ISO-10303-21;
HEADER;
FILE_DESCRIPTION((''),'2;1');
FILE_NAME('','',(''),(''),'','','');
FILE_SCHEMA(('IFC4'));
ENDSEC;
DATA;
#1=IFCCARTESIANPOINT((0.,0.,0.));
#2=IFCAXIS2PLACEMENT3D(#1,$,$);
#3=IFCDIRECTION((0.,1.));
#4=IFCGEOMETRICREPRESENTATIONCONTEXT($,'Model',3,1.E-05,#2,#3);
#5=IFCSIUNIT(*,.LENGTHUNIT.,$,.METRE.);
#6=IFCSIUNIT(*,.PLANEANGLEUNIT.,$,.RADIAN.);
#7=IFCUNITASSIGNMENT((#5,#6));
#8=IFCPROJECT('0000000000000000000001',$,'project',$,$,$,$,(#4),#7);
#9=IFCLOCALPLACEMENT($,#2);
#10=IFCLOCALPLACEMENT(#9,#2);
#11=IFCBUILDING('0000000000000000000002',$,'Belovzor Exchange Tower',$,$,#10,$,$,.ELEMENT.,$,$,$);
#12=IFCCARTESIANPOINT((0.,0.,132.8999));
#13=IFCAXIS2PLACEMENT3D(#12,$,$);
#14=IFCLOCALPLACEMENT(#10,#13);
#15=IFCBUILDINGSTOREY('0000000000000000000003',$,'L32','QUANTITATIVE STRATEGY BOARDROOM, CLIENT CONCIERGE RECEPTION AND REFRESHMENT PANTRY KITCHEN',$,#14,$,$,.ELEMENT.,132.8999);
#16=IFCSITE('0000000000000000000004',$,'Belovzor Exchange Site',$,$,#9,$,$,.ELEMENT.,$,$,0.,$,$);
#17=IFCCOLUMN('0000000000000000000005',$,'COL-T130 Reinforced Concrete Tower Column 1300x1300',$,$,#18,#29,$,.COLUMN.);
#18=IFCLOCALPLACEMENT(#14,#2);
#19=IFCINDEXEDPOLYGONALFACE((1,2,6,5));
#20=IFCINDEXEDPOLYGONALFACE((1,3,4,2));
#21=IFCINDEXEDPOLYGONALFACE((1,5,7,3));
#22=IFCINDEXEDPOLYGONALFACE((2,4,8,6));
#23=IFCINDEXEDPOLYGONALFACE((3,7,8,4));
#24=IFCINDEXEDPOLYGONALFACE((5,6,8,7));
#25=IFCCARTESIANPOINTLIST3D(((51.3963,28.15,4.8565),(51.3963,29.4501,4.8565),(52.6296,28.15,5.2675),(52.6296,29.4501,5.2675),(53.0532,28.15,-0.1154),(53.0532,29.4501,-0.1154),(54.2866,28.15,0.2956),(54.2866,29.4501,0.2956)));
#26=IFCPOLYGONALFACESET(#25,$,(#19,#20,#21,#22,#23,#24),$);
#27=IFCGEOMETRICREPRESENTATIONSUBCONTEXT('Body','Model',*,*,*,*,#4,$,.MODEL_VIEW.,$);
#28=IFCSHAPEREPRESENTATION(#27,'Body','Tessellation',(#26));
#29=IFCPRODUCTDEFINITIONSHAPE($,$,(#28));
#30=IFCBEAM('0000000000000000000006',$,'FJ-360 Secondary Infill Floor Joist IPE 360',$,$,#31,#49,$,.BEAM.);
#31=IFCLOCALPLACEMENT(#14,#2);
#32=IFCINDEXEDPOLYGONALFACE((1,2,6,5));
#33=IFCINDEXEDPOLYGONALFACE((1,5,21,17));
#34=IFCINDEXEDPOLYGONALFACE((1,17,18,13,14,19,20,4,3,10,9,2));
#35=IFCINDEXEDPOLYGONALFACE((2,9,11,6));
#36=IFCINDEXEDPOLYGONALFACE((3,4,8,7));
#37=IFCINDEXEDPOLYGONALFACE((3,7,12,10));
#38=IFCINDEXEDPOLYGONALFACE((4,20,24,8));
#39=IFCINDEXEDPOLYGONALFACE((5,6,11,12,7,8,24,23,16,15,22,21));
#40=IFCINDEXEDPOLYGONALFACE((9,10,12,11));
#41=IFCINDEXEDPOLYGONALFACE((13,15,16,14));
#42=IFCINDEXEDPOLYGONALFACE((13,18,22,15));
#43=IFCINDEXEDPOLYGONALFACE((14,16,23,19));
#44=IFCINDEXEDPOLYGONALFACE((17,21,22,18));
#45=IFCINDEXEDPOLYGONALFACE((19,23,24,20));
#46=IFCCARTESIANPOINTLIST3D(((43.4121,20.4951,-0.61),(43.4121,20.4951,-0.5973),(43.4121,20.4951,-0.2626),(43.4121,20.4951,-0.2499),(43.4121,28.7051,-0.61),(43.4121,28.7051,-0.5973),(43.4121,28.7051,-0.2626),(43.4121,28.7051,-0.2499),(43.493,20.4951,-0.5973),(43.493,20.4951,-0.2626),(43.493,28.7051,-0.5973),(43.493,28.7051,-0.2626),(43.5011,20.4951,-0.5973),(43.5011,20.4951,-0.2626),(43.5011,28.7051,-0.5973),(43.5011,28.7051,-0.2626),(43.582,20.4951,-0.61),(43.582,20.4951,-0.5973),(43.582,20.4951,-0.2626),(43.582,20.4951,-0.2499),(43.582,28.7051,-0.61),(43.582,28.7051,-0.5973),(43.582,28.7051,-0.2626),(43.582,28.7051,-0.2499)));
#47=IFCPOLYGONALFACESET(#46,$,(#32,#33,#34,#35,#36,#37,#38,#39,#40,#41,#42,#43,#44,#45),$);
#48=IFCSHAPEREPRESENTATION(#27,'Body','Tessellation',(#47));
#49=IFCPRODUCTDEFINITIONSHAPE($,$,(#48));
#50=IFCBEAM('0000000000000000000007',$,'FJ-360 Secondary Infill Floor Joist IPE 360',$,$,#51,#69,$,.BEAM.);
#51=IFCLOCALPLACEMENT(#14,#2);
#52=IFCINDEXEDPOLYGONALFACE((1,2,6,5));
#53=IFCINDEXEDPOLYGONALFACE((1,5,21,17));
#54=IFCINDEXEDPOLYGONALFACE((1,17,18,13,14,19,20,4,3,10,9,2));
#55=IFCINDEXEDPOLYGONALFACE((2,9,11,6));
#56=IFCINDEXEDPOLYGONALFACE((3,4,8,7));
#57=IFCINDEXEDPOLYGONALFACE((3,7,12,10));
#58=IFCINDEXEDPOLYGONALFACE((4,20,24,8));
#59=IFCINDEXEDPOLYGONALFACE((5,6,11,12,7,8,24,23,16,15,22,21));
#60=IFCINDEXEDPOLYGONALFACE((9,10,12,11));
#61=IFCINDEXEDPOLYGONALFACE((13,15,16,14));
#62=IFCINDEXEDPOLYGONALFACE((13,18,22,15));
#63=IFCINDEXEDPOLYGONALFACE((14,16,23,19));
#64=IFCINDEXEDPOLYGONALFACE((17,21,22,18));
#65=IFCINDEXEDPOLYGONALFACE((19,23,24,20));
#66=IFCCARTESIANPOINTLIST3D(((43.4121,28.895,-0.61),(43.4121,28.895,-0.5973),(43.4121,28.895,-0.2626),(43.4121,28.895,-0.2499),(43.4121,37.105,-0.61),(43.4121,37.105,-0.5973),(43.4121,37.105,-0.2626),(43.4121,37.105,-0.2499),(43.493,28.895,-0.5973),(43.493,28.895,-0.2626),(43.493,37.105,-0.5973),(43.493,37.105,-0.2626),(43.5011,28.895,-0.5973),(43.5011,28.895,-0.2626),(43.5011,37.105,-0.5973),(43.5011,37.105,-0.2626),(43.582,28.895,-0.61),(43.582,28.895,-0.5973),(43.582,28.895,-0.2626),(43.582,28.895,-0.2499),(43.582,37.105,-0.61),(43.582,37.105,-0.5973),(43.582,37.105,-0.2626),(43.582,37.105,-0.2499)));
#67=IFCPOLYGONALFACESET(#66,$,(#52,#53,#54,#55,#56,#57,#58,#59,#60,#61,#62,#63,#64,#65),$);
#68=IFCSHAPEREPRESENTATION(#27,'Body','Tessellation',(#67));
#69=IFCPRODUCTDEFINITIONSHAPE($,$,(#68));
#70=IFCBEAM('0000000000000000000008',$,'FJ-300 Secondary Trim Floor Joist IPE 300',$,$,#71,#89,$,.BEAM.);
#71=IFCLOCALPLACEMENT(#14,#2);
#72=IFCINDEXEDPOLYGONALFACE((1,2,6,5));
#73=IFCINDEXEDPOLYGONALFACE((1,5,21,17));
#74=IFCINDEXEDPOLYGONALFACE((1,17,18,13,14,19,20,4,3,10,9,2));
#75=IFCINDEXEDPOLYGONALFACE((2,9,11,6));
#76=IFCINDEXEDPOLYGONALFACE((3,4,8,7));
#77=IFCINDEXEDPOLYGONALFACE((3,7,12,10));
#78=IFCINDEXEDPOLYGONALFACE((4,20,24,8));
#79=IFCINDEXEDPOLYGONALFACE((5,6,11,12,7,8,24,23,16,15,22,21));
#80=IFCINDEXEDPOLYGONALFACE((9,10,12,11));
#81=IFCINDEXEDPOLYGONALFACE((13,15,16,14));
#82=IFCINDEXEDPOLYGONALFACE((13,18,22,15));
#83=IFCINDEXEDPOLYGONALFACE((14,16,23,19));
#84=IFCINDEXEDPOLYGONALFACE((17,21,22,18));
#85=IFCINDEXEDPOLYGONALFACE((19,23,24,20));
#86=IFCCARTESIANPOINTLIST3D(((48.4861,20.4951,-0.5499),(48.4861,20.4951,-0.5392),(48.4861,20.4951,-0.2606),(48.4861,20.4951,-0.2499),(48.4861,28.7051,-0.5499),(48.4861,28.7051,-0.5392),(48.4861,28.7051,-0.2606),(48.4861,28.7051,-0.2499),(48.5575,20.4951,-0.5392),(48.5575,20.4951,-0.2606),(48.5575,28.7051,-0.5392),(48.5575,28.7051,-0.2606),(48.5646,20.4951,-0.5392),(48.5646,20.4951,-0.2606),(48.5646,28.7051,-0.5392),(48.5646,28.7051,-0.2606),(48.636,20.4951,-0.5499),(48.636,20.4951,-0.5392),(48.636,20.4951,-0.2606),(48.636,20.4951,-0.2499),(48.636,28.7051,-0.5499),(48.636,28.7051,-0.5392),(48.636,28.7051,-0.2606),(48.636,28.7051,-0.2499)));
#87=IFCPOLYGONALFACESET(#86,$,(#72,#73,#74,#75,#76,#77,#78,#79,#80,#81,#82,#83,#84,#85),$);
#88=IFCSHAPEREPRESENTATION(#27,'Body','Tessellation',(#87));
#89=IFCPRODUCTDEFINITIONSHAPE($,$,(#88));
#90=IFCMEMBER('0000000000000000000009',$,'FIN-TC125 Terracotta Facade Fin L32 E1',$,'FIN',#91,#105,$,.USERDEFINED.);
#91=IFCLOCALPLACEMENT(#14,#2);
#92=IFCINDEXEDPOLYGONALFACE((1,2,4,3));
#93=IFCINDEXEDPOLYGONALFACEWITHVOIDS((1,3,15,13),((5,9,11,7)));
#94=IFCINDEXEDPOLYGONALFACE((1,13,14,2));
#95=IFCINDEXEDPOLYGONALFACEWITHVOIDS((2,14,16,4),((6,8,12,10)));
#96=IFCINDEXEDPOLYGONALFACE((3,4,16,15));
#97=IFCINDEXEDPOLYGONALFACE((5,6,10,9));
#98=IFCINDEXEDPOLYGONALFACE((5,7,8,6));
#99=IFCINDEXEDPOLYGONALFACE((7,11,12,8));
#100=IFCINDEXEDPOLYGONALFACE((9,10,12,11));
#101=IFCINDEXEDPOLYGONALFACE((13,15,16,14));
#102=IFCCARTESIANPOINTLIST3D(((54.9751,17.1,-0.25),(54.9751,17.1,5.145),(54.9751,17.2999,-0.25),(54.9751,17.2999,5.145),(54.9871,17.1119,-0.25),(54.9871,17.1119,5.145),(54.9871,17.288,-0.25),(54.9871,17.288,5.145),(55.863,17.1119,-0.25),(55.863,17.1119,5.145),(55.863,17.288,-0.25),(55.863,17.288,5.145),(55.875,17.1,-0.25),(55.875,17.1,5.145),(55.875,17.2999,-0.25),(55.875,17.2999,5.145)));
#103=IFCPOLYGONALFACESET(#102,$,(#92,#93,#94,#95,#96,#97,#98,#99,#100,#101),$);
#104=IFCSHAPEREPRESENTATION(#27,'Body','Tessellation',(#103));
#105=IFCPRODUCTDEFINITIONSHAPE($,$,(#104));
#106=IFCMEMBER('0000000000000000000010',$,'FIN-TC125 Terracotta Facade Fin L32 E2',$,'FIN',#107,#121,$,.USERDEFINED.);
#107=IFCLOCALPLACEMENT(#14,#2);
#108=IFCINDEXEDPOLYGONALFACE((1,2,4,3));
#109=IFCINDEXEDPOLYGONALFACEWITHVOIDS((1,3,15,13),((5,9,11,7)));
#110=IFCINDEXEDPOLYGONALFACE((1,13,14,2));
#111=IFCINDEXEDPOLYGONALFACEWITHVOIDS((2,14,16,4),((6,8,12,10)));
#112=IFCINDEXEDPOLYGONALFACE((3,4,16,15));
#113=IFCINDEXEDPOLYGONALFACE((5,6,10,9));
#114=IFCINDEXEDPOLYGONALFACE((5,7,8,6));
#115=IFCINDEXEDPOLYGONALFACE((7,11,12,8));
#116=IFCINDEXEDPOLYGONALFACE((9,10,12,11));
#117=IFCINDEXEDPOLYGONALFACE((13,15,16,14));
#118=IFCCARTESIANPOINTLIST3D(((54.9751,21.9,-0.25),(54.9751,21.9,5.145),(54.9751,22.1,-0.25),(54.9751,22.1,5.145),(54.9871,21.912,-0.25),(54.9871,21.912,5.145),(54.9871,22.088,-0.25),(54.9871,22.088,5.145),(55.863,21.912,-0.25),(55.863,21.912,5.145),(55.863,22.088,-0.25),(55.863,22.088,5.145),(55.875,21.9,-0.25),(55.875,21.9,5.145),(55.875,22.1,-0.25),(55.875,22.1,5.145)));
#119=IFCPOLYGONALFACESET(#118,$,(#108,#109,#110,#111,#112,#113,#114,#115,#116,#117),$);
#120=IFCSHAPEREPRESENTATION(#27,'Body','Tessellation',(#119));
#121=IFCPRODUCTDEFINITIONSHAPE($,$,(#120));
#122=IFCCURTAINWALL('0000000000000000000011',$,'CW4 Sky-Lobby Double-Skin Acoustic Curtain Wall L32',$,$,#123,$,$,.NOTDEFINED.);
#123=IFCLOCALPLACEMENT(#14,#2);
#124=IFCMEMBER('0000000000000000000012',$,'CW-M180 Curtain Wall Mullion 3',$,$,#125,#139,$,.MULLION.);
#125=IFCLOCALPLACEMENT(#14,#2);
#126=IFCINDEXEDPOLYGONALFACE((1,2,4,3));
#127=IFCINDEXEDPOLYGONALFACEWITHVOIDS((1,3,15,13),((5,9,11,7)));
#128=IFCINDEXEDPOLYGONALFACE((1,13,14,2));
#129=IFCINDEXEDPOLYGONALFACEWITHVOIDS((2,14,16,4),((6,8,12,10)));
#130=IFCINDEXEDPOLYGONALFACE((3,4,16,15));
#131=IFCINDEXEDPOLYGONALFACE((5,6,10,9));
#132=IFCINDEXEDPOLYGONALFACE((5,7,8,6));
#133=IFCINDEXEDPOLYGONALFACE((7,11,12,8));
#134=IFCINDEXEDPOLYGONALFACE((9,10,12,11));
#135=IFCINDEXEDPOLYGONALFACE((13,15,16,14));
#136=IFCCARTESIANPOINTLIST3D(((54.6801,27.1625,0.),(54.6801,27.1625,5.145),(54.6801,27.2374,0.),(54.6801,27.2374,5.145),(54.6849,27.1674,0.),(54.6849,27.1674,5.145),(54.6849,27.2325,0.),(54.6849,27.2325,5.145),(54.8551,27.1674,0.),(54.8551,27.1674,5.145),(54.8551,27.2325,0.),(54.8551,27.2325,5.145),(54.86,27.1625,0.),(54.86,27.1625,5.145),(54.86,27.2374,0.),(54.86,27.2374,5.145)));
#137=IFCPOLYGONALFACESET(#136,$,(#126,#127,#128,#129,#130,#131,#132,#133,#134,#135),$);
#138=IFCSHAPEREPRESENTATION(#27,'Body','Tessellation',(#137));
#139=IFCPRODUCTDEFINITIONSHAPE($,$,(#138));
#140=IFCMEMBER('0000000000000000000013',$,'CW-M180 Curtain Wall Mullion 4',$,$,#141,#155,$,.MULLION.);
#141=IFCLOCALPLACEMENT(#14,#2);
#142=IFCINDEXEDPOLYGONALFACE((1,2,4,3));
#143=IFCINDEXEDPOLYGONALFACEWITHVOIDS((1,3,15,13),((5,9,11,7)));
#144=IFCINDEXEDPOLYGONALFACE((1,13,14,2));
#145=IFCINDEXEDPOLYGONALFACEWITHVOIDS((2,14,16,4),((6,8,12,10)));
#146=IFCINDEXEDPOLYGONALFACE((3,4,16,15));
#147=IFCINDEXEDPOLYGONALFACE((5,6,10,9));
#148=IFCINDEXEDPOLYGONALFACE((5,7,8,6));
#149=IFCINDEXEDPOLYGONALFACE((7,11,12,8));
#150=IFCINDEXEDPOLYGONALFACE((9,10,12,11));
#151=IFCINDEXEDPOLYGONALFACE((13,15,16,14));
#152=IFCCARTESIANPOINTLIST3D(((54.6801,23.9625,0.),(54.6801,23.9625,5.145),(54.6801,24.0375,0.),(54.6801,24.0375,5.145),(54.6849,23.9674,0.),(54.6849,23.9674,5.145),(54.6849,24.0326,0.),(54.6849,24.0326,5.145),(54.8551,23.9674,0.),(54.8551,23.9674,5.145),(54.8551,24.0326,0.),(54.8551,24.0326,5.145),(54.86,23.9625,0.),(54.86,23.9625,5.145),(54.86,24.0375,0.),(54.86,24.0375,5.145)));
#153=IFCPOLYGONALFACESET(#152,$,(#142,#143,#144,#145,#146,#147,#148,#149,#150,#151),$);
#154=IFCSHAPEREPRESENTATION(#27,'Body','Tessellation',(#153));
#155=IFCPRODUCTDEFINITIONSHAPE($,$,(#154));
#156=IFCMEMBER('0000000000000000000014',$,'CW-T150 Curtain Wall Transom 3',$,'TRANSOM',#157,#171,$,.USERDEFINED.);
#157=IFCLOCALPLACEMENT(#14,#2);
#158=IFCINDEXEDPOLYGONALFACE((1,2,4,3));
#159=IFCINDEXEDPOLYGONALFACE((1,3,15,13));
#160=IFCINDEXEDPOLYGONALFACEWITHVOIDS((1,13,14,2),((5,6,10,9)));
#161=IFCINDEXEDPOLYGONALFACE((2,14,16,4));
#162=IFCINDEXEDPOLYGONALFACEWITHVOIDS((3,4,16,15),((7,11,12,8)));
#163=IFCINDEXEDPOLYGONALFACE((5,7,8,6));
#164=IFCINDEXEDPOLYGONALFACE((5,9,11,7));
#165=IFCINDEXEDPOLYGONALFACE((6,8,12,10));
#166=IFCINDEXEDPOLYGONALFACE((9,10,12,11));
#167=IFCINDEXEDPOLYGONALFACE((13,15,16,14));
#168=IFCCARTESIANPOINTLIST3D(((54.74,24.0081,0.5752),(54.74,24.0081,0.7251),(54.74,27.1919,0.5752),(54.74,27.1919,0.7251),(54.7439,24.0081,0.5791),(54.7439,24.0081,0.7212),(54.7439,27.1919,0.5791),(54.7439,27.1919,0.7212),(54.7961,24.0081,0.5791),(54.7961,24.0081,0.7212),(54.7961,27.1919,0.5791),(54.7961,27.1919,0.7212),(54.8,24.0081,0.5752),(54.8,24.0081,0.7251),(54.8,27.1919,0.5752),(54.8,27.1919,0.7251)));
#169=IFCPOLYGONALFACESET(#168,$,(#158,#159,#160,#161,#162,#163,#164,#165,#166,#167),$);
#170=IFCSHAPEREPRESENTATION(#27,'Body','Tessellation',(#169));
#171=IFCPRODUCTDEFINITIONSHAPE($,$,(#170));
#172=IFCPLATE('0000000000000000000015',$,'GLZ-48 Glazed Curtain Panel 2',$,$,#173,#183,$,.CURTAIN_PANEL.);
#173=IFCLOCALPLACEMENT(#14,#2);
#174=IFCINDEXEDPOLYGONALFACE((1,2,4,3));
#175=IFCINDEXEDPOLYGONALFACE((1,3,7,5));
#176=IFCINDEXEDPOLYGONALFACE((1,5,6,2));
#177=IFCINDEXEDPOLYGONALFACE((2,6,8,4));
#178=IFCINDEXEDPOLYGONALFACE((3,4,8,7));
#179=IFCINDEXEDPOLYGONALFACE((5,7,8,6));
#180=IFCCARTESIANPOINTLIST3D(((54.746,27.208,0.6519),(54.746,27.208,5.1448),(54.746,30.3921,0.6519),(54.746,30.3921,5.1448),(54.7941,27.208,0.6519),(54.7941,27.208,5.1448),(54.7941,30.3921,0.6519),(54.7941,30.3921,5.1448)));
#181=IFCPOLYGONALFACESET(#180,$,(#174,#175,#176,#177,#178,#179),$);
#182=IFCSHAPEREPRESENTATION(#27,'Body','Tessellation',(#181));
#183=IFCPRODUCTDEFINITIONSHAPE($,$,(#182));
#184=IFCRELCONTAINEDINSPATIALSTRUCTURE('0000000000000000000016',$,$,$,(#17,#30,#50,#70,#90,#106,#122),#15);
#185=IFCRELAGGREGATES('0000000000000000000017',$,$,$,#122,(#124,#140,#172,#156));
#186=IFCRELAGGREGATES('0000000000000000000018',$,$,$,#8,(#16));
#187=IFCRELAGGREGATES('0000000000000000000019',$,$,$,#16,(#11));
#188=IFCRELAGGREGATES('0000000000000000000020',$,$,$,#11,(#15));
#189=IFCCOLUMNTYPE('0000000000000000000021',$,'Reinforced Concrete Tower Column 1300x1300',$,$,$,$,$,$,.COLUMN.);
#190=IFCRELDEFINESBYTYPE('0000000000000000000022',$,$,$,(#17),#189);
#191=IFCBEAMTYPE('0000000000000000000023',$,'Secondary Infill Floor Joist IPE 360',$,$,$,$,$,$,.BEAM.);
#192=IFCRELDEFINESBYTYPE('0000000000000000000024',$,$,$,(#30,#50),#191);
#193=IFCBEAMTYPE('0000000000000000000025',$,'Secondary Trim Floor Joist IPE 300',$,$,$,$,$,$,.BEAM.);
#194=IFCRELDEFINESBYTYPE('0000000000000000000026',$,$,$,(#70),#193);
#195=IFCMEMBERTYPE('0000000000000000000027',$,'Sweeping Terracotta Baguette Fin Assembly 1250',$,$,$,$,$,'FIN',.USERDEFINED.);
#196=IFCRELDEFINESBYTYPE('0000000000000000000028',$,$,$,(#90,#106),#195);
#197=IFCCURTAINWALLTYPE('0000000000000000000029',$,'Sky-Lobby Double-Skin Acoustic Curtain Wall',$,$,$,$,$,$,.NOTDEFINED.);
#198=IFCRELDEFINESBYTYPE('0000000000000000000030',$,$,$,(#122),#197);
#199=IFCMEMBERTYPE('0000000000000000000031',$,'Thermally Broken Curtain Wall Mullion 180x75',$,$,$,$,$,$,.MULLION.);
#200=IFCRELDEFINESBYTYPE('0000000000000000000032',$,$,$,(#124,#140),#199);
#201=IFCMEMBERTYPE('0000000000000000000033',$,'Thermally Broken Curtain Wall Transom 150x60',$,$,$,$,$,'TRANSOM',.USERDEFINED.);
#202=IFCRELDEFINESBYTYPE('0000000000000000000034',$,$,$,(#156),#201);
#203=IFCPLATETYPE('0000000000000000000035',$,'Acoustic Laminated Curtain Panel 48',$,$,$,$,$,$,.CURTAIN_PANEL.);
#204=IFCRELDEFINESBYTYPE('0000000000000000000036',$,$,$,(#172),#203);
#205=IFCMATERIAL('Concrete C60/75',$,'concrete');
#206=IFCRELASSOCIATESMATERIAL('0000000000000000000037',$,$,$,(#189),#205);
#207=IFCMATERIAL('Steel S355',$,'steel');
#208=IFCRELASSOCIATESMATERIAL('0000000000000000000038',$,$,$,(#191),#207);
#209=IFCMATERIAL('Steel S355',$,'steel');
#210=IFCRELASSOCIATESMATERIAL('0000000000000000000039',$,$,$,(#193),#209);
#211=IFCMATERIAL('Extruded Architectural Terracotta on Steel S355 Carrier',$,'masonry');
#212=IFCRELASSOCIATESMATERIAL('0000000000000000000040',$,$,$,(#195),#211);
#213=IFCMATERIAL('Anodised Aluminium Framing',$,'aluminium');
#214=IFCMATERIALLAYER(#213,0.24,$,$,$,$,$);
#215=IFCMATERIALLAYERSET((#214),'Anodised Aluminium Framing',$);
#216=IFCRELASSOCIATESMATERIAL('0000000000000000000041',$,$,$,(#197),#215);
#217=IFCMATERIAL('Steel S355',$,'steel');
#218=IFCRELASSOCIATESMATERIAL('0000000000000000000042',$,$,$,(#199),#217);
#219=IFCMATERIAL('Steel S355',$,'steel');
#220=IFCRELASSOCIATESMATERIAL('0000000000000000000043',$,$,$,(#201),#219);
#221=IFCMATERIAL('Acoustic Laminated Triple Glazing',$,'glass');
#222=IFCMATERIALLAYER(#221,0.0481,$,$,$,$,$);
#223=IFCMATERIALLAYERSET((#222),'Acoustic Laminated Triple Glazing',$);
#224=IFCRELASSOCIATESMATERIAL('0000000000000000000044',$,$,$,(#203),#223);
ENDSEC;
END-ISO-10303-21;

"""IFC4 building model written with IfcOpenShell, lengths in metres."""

from ifc_helpers import new_model, si_unit, direction, frame, origin, origin_2d, place, context, subcontext, project, spatial, rectangle, hollow_rectangle, i_section, extrude, material, layer, layer_set, material_profile, profile_set, type_object, element, aggregate, save


model = new_model("IFC4")

# Units and contexts
model_context = context("Model", 3, precision=1e-05, world=origin(), true_north=direction((0.0, 1.0)))
body_context = subcontext(model_context, "Body", "Model", "MODEL_VIEW")
ifc_project = project(units=[si_unit("LENGTHUNIT", "METRE"), si_unit("PLANEANGLEUNIT", "RADIAN")], contexts=[model_context])

# Site, building, storey
site_placement = place(None, origin())
site = spatial("IfcSite", under=ifc_project, at=site_placement, Name="Belovzor Exchange Site", CompositionType="ELEMENT", RefElevation=0.0)
building_placement = place(site_placement, origin())
building = spatial("IfcBuilding", under=site, at=building_placement, Name="Belovzor Exchange Tower", CompositionType="ELEMENT")
storey_placement = place(building_placement, frame((0.0, 0.0, 132.8999)))
storey = spatial("IfcBuildingStorey", under=building, at=storey_placement, Name="L32", Description="QUANTITATIVE STRATEGY BOARDROOM, CLIENT CONCIERGE RECEPTION AND REFRESHMENT PANTRY KITCHEN", CompositionType="ELEMENT", Elevation=132.8999)

# Column
ifc_material_1 = material(Name="Concrete C60/75", Category="concrete")
ifc_material_profile_1 = material_profile(ifc_material_1, rectangle(XDim=1.3, YDim=1.3, at=origin_2d()))
ifc_profile_set_1 = profile_set([ifc_material_profile_1], Name="Concrete C60/75")
column_type = type_object("IfcColumnType", Name="Reinforced Concrete Tower Column 1300x1300", PredefinedType="COLUMN", material=ifc_profile_set_1)
column_placement = place(storey_placement, frame((53.6699, 28.8, 0.0901), z_axis=(-0.316172, 0.0, 0.948702), x_axis=(0.0, -1.0, 0.0)))
element("IfcColumn", 1, at=column_placement, inside=storey, type_object=column_type, Name="COL-T130 Reinforced Concrete Tower Column 1300x1300", PredefinedType="COLUMN", context=body_context, shape_type="SweptSolid", body=[
    extrude(rectangle(XDim=1.3, YDim=1.3, at=origin_2d()), origin(), (0.0, 0.0, 1.0), 5.2407),
])

# Beams
ifc_material_2 = material(Name="Steel S355", Category="steel")
ifc_material_profile_2 = material_profile(ifc_material_2, i_section(OverallWidth=0.1699, OverallDepth=0.3601, WebThickness=0.0081, FlangeThickness=0.0127, at=origin_2d()))
ifc_profile_set_2 = profile_set([ifc_material_profile_2], Name="Steel S355")
beam_type_1 = type_object("IfcBeamType", Name="Secondary Infill Floor Joist IPE 360", PredefinedType="BEAM", material=ifc_profile_set_2)
for number, where, z_axis, x_axis, name in (
    (2, (43.4971, 20.4951, -0.4299), (0.0, 1.0, 0.0), (-1.0, 0.0, 0.0), "FJ-360 Secondary Infill Floor Joist IPE 360"),
    (3, (43.4971, 28.895, -0.4299), (0.0, 1.0, 0.0), (-1.0, 0.0, 0.0), "FJ-360 Secondary Infill Floor Joist IPE 360"),
):
    element("IfcBeam", number, at=place(storey_placement, frame(where, z_axis=z_axis, x_axis=x_axis)), inside=storey, type_object=beam_type_1, Name=name, PredefinedType="BEAM", context=body_context, shape_type="SweptSolid", body=[
        extrude(i_section(OverallWidth=0.1699, OverallDepth=0.3601, WebThickness=0.0081, FlangeThickness=0.0127, at=origin_2d()), origin(), (0.0, 0.0, 1.0), 8.21),
    ])
ifc_material_3 = material(Name="Steel S355", Category="steel")
ifc_material_profile_3 = material_profile(ifc_material_3, i_section(OverallWidth=0.1499, OverallDepth=0.3, WebThickness=0.0071, FlangeThickness=0.0107, at=origin_2d()))
ifc_profile_set_3 = profile_set([ifc_material_profile_3], Name="Steel S355")
beam_type_2 = type_object("IfcBeamType", Name="Secondary Trim Floor Joist IPE 300", PredefinedType="BEAM", material=ifc_profile_set_3)
beam_placement = place(storey_placement, frame((48.561, 20.4951, -0.3999), z_axis=(0.0, 1.0, 0.0), x_axis=(-1.0, 0.0, 0.0)))
element("IfcBeam", 4, at=beam_placement, inside=storey, type_object=beam_type_2, Name="FJ-300 Secondary Trim Floor Joist IPE 300", PredefinedType="BEAM", context=body_context, shape_type="SweptSolid", body=[
    extrude(i_section(OverallWidth=0.1499, OverallDepth=0.3, WebThickness=0.0071, FlangeThickness=0.0107, at=origin_2d()), origin(), (0.0, 0.0, 1.0), 8.21),
])

# Members
ifc_material_4 = material(Name="Extruded Architectural Terracotta on Steel S355 Carrier", Category="masonry")
ifc_material_profile_4 = material_profile(ifc_material_4, hollow_rectangle(XDim=0.2, YDim=0.8999, WallThickness=0.012, at=origin_2d()))
ifc_profile_set_4 = profile_set([ifc_material_profile_4], Name="Extruded Architectural Terracotta on Steel S355 Carrier")
member_type_1 = type_object("IfcMemberType", Name="Sweeping Terracotta Baguette Fin Assembly 1250", ElementType="FIN", PredefinedType="USERDEFINED", material=ifc_profile_set_4)
for number, where, z_axis, x_axis, name in (
    (5, (55.425, 17.2, -0.25), (0.0, 0.0, 1.0), (0.0, 1.0, 0.0), "FIN-TC125 Terracotta Facade Fin L32 E1"),
    (6, (55.425, 22.0, -0.25), (0.0, 0.0, 1.0), (0.0, 1.0, 0.0), "FIN-TC125 Terracotta Facade Fin L32 E2"),
):
    element("IfcMember", number, at=place(storey_placement, frame(where, z_axis=z_axis, x_axis=x_axis)), inside=storey, type_object=member_type_1, Name=name, ObjectType="FIN", PredefinedType="USERDEFINED", context=body_context, shape_type="SweptSolid", body=[
        extrude(hollow_rectangle(XDim=0.2, YDim=0.8999, WallThickness=0.012, at=origin_2d()), origin(), (0.0, 0.0, 1.0), 5.395),
    ])

# Curtain wall, members, plate
ifc_material_5 = material(Name="Anodised Aluminium Framing", Category="aluminium")
ifc_layer_1 = layer(ifc_material_5, 0.24)
ifc_layer_set_1 = layer_set([ifc_layer_1], Name="Anodised Aluminium Framing")
curtain_wall_type = type_object("IfcCurtainWallType", Name="Sky-Lobby Double-Skin Acoustic Curtain Wall", PredefinedType="NOTDEFINED", material=ifc_layer_set_1)
curtain_wall_placement = place(storey_placement, origin())
curtain_wall = element("IfcCurtainWall", 7, at=curtain_wall_placement, inside=storey, type_object=curtain_wall_type, Name="CW4 Sky-Lobby Double-Skin Acoustic Curtain Wall L32", PredefinedType="NOTDEFINED")
ifc_material_6 = material(Name="Steel S355", Category="steel")
ifc_material_profile_5 = material_profile(ifc_material_6, hollow_rectangle(XDim=0.075, YDim=0.1799, WallThickness=0.0049, at=origin_2d()))
ifc_profile_set_5 = profile_set([ifc_material_profile_5], Name="Steel S355")
member_type_2 = type_object("IfcMemberType", Name="Thermally Broken Curtain Wall Mullion 180x75", PredefinedType="MULLION", material=ifc_profile_set_5)
member_1_placement = place(storey_placement, frame((54.77, 27.2, 0.0), z_axis=(0.0, 0.0, 1.0), x_axis=(0.0, -1.0, 0.0)))
member_1 = element("IfcMember", 8, at=member_1_placement, type_object=member_type_2, Name="CW-M180 Curtain Wall Mullion 3", PredefinedType="MULLION", context=body_context, shape_type="SweptSolid", body=[
    extrude(hollow_rectangle(XDim=0.075, YDim=0.1799, WallThickness=0.0049, at=origin_2d()), origin(), (0.0, 0.0, 1.0), 5.145),
])
member_2_placement = place(storey_placement, frame((54.77, 24.0, 0.0), z_axis=(0.0, 0.0, 1.0), x_axis=(0.0, -1.0, 0.0)))
member_2 = element("IfcMember", 9, at=member_2_placement, type_object=member_type_2, Name="CW-M180 Curtain Wall Mullion 4", PredefinedType="MULLION", context=body_context, shape_type="SweptSolid", body=[
    extrude(hollow_rectangle(XDim=0.075, YDim=0.1799, WallThickness=0.0049, at=origin_2d()), origin(), (0.0, 0.0, 1.0), 5.145),
])
ifc_material_7 = material(Name="Steel S355", Category="steel")
ifc_material_profile_6 = material_profile(ifc_material_7, hollow_rectangle(XDim=0.0601, YDim=0.1499, WallThickness=0.0039, at=origin_2d()))
ifc_profile_set_6 = profile_set([ifc_material_profile_6], Name="Steel S355")
member_type_3 = type_object("IfcMemberType", Name="Thermally Broken Curtain Wall Transom 150x60", ElementType="TRANSOM", PredefinedType="USERDEFINED", material=ifc_profile_set_6)
member_3_placement = place(storey_placement, frame((54.77, 27.1919, 0.6501), z_axis=(0.0, -1.0, 0.0), x_axis=(1.0, 0.0, 0.0)))
member_3 = element("IfcMember", 10, at=member_3_placement, type_object=member_type_3, Name="CW-T150 Curtain Wall Transom 3", ObjectType="TRANSOM", PredefinedType="USERDEFINED", context=body_context, shape_type="SweptSolid", body=[
    extrude(hollow_rectangle(XDim=0.0601, YDim=0.1499, WallThickness=0.0039, at=origin_2d()), origin(), (0.0, 0.0, 1.0), 3.1838),
])
ifc_material_8 = material(Name="Acoustic Laminated Triple Glazing", Category="glass")
ifc_layer_2 = layer(ifc_material_8, 0.0481)
ifc_layer_set_2 = layer_set([ifc_layer_2], Name="Acoustic Laminated Triple Glazing")
plate_type_1 = type_object("IfcPlateType", Name="Acoustic Laminated Curtain Panel 48", PredefinedType="CURTAIN_PANEL", material=ifc_layer_set_2)
plate_1_placement = place(storey_placement, frame((54.77, 28.8, 0.6519), z_axis=(0.0, 0.0, 1.0), x_axis=(0.0, -1.0, 0.0)))
plate_1 = element("IfcPlate", 11, at=plate_1_placement, type_object=plate_type_1, Name="GLZ-48 Glazed Curtain Panel 2", PredefinedType="CURTAIN_PANEL", context=body_context, shape_type="SweptSolid", body=[
    extrude(rectangle(XDim=3.1841, YDim=0.0481, at=origin_2d()), origin(), (0.0, 0.0, 1.0), 4.4929),
])

aggregate(curtain_wall, [member_1, member_2, plate_1, member_3])

save(model, "model.ifc")
